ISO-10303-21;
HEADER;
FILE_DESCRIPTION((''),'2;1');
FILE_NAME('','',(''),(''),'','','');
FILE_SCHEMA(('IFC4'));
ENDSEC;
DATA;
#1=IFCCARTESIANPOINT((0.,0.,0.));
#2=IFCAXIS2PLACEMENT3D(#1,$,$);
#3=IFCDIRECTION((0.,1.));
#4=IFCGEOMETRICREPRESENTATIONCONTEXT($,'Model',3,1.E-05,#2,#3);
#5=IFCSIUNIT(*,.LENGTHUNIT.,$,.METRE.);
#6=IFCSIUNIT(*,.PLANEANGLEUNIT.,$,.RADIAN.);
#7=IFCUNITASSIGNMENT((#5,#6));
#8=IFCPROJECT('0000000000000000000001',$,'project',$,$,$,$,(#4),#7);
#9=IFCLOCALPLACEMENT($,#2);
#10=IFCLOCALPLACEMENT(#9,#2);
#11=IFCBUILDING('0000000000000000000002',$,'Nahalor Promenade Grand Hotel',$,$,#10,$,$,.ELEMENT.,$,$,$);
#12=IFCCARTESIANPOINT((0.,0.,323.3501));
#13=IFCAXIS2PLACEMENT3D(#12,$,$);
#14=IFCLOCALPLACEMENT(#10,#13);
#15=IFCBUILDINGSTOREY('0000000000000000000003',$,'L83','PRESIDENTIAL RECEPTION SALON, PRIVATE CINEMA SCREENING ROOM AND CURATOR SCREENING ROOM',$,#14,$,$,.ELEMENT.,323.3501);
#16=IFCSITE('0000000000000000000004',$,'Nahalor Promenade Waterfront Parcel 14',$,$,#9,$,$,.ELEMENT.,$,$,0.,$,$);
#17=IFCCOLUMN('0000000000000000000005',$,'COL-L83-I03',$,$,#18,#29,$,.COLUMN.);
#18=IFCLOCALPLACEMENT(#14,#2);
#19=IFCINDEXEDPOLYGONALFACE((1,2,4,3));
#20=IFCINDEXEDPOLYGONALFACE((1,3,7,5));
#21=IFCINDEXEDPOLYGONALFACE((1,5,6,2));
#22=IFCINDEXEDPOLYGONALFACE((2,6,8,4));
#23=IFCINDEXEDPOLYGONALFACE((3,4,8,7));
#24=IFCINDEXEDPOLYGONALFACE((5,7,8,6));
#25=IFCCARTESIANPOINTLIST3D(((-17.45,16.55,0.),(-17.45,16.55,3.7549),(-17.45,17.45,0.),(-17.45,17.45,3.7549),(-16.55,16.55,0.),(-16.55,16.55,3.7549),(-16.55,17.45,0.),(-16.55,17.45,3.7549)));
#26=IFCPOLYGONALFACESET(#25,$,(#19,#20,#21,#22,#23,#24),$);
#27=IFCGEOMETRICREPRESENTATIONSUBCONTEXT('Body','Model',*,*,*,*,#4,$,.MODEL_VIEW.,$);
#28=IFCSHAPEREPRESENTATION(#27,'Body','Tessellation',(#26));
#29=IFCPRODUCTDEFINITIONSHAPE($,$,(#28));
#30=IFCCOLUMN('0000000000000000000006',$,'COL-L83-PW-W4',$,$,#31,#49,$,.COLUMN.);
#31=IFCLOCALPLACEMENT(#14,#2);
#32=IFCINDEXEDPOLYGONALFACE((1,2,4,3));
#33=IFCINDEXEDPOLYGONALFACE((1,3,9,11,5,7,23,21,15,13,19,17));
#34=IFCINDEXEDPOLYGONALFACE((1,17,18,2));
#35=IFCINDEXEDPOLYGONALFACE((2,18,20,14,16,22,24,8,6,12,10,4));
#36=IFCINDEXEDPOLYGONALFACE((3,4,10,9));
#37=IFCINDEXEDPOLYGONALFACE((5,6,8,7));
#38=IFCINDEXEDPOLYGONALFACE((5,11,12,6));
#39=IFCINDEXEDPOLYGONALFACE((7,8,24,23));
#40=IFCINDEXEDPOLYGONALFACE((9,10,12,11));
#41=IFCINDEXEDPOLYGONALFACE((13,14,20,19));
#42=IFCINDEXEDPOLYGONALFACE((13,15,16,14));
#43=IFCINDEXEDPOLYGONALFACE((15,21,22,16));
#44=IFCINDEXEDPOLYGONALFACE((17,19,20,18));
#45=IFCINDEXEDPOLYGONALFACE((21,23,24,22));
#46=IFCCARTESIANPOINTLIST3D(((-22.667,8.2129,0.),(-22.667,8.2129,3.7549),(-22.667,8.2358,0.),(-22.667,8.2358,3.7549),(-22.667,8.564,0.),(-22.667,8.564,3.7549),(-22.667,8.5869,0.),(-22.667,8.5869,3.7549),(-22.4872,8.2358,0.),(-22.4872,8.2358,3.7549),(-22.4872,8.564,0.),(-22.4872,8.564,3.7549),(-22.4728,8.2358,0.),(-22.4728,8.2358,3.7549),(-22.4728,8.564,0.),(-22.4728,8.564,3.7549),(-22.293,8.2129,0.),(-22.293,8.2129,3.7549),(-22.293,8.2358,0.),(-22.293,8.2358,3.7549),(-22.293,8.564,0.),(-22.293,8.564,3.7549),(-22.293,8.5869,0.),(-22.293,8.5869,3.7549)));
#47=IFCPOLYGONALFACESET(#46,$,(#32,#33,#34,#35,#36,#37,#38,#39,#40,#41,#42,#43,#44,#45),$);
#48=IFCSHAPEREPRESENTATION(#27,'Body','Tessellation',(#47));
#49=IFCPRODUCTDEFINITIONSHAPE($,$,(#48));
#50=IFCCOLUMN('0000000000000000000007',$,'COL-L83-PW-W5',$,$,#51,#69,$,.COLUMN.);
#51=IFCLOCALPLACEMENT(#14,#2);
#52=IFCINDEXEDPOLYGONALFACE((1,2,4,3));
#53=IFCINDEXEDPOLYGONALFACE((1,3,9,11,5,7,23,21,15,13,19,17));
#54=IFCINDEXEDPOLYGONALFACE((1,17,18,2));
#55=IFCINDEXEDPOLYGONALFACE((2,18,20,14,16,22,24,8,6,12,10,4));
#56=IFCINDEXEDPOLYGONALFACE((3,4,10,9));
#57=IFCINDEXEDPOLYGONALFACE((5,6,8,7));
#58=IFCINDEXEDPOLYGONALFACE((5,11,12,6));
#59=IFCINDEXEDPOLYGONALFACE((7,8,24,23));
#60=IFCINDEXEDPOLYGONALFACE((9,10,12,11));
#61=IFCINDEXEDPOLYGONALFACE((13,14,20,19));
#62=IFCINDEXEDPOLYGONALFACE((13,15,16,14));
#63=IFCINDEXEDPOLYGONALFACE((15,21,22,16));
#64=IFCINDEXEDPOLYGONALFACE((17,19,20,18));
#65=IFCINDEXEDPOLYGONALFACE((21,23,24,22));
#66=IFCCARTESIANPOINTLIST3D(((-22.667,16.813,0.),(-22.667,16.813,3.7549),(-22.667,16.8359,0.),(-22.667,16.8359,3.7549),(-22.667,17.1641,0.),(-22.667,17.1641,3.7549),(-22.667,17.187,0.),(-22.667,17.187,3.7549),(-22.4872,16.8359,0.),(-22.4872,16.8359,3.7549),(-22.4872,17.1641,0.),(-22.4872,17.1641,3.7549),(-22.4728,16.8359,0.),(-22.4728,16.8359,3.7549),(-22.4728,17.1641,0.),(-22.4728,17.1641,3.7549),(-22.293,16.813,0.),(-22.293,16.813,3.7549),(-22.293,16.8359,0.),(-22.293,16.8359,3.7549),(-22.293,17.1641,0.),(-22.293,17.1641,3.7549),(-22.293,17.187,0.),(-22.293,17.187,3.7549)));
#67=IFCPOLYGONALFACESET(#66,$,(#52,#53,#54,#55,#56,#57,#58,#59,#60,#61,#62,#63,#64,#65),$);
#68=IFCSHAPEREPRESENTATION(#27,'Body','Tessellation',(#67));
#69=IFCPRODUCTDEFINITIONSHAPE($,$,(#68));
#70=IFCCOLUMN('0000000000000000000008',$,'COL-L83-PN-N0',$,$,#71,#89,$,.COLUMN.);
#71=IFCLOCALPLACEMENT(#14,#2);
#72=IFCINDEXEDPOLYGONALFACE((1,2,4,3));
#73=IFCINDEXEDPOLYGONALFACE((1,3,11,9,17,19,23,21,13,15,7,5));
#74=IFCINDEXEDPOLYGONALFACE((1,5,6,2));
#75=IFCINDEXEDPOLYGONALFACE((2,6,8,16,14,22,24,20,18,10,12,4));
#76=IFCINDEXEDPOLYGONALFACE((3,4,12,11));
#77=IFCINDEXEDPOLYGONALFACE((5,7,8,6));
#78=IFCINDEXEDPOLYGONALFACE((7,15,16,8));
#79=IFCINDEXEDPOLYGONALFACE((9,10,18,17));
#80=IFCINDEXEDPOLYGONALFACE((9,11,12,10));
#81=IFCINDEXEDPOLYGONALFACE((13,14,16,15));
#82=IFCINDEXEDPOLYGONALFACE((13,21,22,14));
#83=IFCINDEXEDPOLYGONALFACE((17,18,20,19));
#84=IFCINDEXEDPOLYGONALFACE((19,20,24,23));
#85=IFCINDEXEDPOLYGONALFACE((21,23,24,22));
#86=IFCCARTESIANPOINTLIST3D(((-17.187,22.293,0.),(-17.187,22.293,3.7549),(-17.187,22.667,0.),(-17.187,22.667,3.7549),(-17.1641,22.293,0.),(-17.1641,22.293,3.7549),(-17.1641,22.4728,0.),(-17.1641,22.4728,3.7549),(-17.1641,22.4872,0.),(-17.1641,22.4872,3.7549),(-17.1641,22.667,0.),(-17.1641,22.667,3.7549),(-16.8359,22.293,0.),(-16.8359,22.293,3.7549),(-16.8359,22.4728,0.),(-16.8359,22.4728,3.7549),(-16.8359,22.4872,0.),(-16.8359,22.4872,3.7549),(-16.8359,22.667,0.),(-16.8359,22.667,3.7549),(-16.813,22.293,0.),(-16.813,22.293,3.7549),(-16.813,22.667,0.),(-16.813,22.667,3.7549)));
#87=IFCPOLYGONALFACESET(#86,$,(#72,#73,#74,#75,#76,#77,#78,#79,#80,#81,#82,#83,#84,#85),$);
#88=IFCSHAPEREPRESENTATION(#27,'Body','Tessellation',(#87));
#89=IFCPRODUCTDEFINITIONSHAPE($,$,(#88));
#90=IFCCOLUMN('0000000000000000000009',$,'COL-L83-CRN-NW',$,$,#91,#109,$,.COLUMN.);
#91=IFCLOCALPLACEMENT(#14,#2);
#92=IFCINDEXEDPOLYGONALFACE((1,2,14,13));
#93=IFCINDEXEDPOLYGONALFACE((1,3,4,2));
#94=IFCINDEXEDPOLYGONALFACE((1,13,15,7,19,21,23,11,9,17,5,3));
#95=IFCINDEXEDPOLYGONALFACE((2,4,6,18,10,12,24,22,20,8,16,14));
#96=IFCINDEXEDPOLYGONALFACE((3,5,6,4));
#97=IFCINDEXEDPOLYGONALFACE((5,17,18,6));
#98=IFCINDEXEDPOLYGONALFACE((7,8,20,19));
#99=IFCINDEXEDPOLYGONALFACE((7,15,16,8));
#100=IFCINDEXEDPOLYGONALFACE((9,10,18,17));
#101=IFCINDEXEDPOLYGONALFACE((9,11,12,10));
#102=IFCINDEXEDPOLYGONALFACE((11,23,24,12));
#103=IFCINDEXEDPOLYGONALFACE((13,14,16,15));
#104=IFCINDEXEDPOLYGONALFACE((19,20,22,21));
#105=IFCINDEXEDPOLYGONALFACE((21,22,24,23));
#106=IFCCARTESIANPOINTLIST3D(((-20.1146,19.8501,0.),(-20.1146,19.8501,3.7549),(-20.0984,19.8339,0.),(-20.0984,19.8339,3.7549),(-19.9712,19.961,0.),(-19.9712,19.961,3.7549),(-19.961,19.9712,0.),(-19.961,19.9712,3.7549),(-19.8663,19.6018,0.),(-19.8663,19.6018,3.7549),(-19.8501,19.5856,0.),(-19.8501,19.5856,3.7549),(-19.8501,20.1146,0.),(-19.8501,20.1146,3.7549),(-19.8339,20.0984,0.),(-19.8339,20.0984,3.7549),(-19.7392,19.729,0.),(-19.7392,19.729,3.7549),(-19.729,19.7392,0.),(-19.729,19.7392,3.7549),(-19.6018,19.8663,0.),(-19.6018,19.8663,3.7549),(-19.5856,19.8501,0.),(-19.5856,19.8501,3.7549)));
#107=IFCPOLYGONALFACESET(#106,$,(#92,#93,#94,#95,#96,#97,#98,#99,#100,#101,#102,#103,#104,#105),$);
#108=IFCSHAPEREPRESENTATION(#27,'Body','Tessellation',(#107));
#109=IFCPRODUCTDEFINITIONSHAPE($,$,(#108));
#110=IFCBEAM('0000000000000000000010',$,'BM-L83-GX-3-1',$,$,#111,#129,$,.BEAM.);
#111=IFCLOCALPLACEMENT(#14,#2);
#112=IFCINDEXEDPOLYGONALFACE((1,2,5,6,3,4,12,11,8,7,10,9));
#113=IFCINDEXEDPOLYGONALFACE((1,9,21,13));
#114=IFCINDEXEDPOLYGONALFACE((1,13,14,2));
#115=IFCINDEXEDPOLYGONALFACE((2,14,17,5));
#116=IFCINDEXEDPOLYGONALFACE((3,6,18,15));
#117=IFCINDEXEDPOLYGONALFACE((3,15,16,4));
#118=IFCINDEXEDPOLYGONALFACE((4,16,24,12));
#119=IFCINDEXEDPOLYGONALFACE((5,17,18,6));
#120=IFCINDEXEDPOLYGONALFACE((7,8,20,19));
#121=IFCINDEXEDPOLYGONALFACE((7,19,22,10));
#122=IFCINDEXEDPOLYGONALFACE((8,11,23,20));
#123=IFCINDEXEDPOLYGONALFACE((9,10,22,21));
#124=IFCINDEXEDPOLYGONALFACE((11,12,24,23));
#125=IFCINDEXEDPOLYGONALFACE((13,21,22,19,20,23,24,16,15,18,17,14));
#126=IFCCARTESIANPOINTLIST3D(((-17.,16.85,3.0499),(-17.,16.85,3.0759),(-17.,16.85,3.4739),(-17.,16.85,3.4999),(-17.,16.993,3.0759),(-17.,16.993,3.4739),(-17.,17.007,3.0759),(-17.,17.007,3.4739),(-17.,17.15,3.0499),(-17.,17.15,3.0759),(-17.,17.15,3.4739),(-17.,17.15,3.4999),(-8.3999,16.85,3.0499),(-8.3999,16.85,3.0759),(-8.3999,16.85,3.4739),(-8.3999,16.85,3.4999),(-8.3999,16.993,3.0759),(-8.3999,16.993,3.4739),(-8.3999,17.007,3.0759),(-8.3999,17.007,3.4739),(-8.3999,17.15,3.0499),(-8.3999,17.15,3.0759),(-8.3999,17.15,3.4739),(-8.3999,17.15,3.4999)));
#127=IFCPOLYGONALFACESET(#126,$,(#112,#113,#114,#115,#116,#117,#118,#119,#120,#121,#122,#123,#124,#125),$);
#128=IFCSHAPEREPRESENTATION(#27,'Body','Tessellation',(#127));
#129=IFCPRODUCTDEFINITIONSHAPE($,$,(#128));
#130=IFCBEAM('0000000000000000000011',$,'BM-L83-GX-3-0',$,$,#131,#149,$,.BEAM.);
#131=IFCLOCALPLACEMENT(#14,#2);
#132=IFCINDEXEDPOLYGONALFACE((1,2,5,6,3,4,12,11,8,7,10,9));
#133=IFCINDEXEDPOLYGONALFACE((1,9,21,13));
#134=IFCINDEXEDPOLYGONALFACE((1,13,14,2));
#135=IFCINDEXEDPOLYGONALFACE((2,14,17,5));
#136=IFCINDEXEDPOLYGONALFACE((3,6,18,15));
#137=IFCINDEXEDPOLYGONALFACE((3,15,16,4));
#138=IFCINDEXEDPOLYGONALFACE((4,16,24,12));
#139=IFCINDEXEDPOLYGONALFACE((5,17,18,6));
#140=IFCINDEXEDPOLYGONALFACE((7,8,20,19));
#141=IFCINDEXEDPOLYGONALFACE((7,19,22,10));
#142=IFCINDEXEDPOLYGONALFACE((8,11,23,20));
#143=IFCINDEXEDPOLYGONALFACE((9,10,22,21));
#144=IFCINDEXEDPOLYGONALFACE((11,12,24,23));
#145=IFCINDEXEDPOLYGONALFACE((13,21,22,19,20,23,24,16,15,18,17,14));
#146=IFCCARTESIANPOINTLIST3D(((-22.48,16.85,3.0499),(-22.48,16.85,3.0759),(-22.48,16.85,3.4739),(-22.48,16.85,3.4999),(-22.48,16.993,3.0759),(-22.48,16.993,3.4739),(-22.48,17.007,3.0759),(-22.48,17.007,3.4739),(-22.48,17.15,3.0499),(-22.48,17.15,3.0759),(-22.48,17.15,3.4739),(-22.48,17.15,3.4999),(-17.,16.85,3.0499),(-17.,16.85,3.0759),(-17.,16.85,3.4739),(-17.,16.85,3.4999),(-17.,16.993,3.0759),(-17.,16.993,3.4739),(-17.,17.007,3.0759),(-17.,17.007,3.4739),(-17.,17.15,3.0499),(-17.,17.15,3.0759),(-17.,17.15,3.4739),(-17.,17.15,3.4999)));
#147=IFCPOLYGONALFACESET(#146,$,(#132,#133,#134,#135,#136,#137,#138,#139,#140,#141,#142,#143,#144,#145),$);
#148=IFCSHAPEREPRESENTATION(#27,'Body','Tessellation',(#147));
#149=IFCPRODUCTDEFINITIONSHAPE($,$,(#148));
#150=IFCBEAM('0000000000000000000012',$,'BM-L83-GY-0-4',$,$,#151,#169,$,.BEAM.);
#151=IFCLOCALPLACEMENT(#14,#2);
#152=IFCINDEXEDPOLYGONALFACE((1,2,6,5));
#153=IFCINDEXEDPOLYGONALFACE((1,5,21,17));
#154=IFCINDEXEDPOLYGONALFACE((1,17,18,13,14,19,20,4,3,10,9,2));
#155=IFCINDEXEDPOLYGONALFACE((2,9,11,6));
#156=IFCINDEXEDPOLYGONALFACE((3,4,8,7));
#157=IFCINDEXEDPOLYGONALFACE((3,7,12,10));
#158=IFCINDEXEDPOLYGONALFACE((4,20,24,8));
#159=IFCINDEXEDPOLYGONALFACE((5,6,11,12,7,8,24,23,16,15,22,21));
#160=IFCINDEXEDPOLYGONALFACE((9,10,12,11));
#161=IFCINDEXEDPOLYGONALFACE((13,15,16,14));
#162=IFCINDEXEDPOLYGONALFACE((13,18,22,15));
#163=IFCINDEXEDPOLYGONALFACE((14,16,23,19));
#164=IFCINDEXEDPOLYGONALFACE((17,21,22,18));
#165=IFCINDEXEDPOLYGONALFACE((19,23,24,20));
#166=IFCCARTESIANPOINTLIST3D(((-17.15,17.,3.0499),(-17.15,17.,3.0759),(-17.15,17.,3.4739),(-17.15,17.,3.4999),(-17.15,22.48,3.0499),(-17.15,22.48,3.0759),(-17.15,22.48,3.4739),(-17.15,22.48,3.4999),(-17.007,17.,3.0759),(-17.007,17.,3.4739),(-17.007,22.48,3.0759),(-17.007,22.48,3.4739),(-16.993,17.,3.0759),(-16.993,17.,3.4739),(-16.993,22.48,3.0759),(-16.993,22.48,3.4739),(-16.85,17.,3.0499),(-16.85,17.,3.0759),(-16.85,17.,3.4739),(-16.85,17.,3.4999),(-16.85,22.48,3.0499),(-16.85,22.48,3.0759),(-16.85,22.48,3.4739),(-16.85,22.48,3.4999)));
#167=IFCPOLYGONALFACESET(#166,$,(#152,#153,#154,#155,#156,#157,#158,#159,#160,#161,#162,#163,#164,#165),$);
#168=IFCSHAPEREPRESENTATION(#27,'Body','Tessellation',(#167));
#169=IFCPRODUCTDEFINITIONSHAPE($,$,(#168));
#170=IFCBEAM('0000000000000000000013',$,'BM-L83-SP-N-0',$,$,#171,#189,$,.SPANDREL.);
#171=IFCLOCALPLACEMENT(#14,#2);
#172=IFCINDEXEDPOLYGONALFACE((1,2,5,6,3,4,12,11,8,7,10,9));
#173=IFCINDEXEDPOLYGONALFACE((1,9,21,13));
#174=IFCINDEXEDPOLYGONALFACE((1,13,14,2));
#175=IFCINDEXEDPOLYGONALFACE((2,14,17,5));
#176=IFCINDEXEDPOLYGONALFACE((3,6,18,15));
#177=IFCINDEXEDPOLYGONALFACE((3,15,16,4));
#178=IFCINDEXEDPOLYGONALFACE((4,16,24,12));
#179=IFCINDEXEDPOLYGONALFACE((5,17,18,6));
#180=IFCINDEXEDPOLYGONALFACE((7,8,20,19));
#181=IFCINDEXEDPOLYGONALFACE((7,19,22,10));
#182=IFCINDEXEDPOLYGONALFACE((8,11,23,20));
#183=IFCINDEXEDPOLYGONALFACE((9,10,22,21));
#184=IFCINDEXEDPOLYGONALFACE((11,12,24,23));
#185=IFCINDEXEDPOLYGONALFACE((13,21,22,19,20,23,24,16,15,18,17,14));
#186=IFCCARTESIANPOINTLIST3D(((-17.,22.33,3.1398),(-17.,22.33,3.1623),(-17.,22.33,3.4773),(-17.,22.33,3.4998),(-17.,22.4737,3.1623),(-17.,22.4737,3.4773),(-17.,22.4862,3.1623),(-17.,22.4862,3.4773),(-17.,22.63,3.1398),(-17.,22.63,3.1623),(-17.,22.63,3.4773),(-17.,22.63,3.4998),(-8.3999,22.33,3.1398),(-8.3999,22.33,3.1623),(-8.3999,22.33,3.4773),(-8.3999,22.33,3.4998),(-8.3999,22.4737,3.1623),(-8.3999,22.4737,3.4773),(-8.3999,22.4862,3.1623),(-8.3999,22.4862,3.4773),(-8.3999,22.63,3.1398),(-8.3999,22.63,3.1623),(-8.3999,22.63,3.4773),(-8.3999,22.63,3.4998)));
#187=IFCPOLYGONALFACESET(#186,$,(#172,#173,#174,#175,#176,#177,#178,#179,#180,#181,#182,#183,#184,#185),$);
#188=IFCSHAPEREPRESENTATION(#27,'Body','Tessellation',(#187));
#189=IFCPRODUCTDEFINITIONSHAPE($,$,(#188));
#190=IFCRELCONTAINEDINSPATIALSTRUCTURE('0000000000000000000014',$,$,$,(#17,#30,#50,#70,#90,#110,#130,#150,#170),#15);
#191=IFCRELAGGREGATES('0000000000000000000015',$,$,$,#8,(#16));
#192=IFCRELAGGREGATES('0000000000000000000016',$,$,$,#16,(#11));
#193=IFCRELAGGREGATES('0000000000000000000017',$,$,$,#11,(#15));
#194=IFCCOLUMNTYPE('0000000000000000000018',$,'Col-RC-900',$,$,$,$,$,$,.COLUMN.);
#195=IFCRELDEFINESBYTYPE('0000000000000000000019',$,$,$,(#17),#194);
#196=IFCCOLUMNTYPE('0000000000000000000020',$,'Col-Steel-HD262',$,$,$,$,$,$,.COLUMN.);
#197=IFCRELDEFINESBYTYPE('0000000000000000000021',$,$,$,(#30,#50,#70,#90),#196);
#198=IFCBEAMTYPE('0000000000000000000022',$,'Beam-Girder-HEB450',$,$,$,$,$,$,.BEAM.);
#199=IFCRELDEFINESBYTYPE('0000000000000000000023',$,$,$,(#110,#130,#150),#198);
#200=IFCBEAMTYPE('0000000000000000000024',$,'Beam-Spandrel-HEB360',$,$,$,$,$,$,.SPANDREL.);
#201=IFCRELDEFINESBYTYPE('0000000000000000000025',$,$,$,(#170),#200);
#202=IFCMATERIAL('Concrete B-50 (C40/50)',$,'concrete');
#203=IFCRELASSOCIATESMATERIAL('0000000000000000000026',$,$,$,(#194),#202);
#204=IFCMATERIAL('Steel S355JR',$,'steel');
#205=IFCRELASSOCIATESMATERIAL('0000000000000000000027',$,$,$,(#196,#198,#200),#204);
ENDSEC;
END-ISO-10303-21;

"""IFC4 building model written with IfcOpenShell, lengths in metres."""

from ifc_helpers import new_model, si_unit, direction, frame, origin, origin_2d, place, context, subcontext, project, spatial, rectangle, i_section, extrude, source, transform, mapped, material, material_profile, profile_set, type_object, element, save


model = new_model("IFC4")

# Units and contexts
model_context = context("Model", 3, precision=1e-05, world=origin(), true_north=direction((0.0, 1.0)))
body_context = subcontext(model_context, "Body", "Model", "MODEL_VIEW")
ifc_project = project(units=[si_unit("LENGTHUNIT", "METRE"), si_unit("PLANEANGLEUNIT", "RADIAN")], contexts=[model_context])

# Site, building, storey
site_placement = place(None, origin())
site = spatial("IfcSite", under=ifc_project, at=site_placement, Name="Nahalor Promenade Waterfront Parcel 14", CompositionType="ELEMENT", RefElevation=0.0)
building_placement = place(site_placement, origin())
building = spatial("IfcBuilding", under=site, at=building_placement, Name="Nahalor Promenade Grand Hotel", CompositionType="ELEMENT")
storey_placement = place(building_placement, frame((0.0, 0.0, 323.3501)))
storey = spatial("IfcBuildingStorey", under=building, at=storey_placement, Name="L83", Description="PRESIDENTIAL RECEPTION SALON, PRIVATE CINEMA SCREENING ROOM AND CURATOR SCREENING ROOM", CompositionType="ELEMENT", Elevation=323.3501)

# Columns
ifc_material_1 = material(Name="Concrete B-50 (C40/50)", Category="concrete")
ifc_material_profile_1 = material_profile(ifc_material_1, rectangle(XDim=0.9, YDim=0.9, at=origin_2d()), Name="RC 900x900")
ifc_profile_set_1 = profile_set([ifc_material_profile_1], Name="Concrete B-50 (C40/50)")
column_type_1 = type_object("IfcColumnType", Name="Col-RC-900", PredefinedType="COLUMN", material=ifc_profile_set_1)
shared_shape_1 = source(origin(), body_context, "Body", "SweptSolid", [
    extrude(rectangle(XDim=0.9, YDim=0.9, at=origin_2d()), origin(), (0.0, 0.0, 1.0), 3.7549),
])
column_placement = place(storey_placement, frame((-17.0, 17.0, 0.0), z_axis=(0.0, 0.0, 1.0), x_axis=(1.0, 0.0, 0.0)))
element("IfcColumn", 1, at=column_placement, inside=storey, type_object=column_type_1, Name="COL-L83-I03", PredefinedType="COLUMN", context=body_context, shape_type="MappedRepresentation", body=[
    mapped(shared_shape_1, transform((0.0, 0.0, 0.0), scale=1.0)),
])
ifc_material_2 = material(Name="Steel S355JR", Category="steel")
ifc_material_profile_2 = material_profile(ifc_material_2, i_section(OverallWidth=0.374, OverallDepth=0.374, WebThickness=0.0144, FlangeThickness=0.0229, at=origin_2d()), Name="HD 360x262")
ifc_profile_set_2 = profile_set([ifc_material_profile_2], Name="Steel S355JR")
column_type_2 = type_object("IfcColumnType", Name="Col-Steel-HD262", PredefinedType="COLUMN", material=ifc_profile_set_2)
shared_shape_2 = source(origin(), body_context, "Body", "SweptSolid", [
    extrude(i_section(OverallWidth=0.374, OverallDepth=0.374, WebThickness=0.0144, FlangeThickness=0.0229, at=origin_2d()), origin(), (0.0, 0.0, 1.0), 3.7549),
])
for number, where, z_axis, x_axis, name in (
    (2, (-22.48, 8.3999, 0.0), (0.0, 0.0, 1.0), (1.0, 0.0, 0.0), "COL-L83-PW-W4"),
    (3, (-22.48, 17.0, 0.0), (0.0, 0.0, 1.0), (1.0, 0.0, 0.0), "COL-L83-PW-W5"),
    (4, (-17.0, 22.48, 0.0), (0.0, 0.0, 1.0), (0.0, 1.0, 0.0), "COL-L83-PN-N0"),
    (5, (-19.8501, 19.8501, 0.0), (0.0, 0.0, 1.0), (0.707107, 0.707107, 0.0), "COL-L83-CRN-NW"),
):
    element("IfcColumn", number, at=place(storey_placement, frame(where, z_axis=z_axis, x_axis=x_axis)), inside=storey, type_object=column_type_2, Name=name, PredefinedType="COLUMN", context=body_context, shape_type="MappedRepresentation", body=[
        mapped(shared_shape_2, transform((0.0, 0.0, 0.0), scale=1.0)),
    ])

# Beams
ifc_material_profile_3 = material_profile(ifc_material_2, i_section(OverallWidth=0.3, OverallDepth=0.45, WebThickness=0.014, FlangeThickness=0.026, at=origin_2d()), Name="HEB 450")
ifc_profile_set_3 = profile_set([ifc_material_profile_3], Name="Steel S355JR")
beam_type_1 = type_object("IfcBeamType", Name="Beam-Girder-HEB450", PredefinedType="BEAM", material=ifc_profile_set_3)
shared_shape_3 = source(origin(), body_context, "Body", "SweptSolid", [
    extrude(i_section(OverallWidth=0.3, OverallDepth=0.45, WebThickness=0.014, FlangeThickness=0.026, at=origin_2d()), origin(), (0.0, 0.0, 1.0), 8.6001),
])
beam_1_placement = place(storey_placement, frame((-17.0, 17.0, 3.2749), z_axis=(1.0, 0.0, 0.0), x_axis=(0.0, 1.0, 0.0)))
element("IfcBeam", 6, at=beam_1_placement, inside=storey, type_object=beam_type_1, Name="BM-L83-GX-3-1", PredefinedType="BEAM", context=body_context, shape_type="MappedRepresentation", body=[
    mapped(shared_shape_3, transform((0.0, 0.0, 0.0), scale=1.0)),
])
shared_shape_4 = source(origin(), body_context, "Body", "SweptSolid", [
    extrude(i_section(OverallWidth=0.3, OverallDepth=0.45, WebThickness=0.014, FlangeThickness=0.026, at=origin_2d()), origin(), (0.0, 0.0, 1.0), 5.48),
])
for number, where, z_axis, x_axis, name in (
    (7, (-22.48, 17.0, 3.2749), (1.0, 0.0, 0.0), (0.0, 1.0, 0.0), "BM-L83-GX-3-0"),
    (8, (-17.0, 17.0, 3.2749), (0.0, 1.0, 0.0), (-1.0, 0.0, 0.0), "BM-L83-GY-0-4"),
):
    element("IfcBeam", number, at=place(storey_placement, frame(where, z_axis=z_axis, x_axis=x_axis)), inside=storey, type_object=beam_type_1, Name=name, PredefinedType="BEAM", context=body_context, shape_type="MappedRepresentation", body=[
        mapped(shared_shape_4, transform((0.0, 0.0, 0.0), scale=1.0)),
    ])
ifc_material_profile_4 = material_profile(ifc_material_2, i_section(OverallWidth=0.3, OverallDepth=0.36, WebThickness=0.0125, FlangeThickness=0.0225, at=origin_2d()), Name="HEB 360")
ifc_profile_set_4 = profile_set([ifc_material_profile_4], Name="Steel S355JR")
beam_type_2 = type_object("IfcBeamType", Name="Beam-Spandrel-HEB360", PredefinedType="SPANDREL", material=ifc_profile_set_4)
shared_shape_5 = source(origin(), body_context, "Body", "SweptSolid", [
    extrude(i_section(OverallWidth=0.3, OverallDepth=0.36, WebThickness=0.0125, FlangeThickness=0.0225, at=origin_2d()), origin(), (0.0, 0.0, 1.0), 8.6001),
])
for number, where, z_axis, x_axis, name in (
    (9, (-17.0, 22.48, 3.3198), (1.0, 0.0, 0.0), (0.0, 1.0, 0.0), "BM-L83-SP-N-0"),
):
    element("IfcBeam", number, at=place(storey_placement, frame(where, z_axis=z_axis, x_axis=x_axis)), inside=storey, type_object=beam_type_2, Name=name, PredefinedType="SPANDREL", context=body_context, shape_type="MappedRepresentation", body=[
        mapped(shared_shape_5, transform((0.0, 0.0, 0.0), scale=1.0)),
    ])

save(model, "model.ifc")
